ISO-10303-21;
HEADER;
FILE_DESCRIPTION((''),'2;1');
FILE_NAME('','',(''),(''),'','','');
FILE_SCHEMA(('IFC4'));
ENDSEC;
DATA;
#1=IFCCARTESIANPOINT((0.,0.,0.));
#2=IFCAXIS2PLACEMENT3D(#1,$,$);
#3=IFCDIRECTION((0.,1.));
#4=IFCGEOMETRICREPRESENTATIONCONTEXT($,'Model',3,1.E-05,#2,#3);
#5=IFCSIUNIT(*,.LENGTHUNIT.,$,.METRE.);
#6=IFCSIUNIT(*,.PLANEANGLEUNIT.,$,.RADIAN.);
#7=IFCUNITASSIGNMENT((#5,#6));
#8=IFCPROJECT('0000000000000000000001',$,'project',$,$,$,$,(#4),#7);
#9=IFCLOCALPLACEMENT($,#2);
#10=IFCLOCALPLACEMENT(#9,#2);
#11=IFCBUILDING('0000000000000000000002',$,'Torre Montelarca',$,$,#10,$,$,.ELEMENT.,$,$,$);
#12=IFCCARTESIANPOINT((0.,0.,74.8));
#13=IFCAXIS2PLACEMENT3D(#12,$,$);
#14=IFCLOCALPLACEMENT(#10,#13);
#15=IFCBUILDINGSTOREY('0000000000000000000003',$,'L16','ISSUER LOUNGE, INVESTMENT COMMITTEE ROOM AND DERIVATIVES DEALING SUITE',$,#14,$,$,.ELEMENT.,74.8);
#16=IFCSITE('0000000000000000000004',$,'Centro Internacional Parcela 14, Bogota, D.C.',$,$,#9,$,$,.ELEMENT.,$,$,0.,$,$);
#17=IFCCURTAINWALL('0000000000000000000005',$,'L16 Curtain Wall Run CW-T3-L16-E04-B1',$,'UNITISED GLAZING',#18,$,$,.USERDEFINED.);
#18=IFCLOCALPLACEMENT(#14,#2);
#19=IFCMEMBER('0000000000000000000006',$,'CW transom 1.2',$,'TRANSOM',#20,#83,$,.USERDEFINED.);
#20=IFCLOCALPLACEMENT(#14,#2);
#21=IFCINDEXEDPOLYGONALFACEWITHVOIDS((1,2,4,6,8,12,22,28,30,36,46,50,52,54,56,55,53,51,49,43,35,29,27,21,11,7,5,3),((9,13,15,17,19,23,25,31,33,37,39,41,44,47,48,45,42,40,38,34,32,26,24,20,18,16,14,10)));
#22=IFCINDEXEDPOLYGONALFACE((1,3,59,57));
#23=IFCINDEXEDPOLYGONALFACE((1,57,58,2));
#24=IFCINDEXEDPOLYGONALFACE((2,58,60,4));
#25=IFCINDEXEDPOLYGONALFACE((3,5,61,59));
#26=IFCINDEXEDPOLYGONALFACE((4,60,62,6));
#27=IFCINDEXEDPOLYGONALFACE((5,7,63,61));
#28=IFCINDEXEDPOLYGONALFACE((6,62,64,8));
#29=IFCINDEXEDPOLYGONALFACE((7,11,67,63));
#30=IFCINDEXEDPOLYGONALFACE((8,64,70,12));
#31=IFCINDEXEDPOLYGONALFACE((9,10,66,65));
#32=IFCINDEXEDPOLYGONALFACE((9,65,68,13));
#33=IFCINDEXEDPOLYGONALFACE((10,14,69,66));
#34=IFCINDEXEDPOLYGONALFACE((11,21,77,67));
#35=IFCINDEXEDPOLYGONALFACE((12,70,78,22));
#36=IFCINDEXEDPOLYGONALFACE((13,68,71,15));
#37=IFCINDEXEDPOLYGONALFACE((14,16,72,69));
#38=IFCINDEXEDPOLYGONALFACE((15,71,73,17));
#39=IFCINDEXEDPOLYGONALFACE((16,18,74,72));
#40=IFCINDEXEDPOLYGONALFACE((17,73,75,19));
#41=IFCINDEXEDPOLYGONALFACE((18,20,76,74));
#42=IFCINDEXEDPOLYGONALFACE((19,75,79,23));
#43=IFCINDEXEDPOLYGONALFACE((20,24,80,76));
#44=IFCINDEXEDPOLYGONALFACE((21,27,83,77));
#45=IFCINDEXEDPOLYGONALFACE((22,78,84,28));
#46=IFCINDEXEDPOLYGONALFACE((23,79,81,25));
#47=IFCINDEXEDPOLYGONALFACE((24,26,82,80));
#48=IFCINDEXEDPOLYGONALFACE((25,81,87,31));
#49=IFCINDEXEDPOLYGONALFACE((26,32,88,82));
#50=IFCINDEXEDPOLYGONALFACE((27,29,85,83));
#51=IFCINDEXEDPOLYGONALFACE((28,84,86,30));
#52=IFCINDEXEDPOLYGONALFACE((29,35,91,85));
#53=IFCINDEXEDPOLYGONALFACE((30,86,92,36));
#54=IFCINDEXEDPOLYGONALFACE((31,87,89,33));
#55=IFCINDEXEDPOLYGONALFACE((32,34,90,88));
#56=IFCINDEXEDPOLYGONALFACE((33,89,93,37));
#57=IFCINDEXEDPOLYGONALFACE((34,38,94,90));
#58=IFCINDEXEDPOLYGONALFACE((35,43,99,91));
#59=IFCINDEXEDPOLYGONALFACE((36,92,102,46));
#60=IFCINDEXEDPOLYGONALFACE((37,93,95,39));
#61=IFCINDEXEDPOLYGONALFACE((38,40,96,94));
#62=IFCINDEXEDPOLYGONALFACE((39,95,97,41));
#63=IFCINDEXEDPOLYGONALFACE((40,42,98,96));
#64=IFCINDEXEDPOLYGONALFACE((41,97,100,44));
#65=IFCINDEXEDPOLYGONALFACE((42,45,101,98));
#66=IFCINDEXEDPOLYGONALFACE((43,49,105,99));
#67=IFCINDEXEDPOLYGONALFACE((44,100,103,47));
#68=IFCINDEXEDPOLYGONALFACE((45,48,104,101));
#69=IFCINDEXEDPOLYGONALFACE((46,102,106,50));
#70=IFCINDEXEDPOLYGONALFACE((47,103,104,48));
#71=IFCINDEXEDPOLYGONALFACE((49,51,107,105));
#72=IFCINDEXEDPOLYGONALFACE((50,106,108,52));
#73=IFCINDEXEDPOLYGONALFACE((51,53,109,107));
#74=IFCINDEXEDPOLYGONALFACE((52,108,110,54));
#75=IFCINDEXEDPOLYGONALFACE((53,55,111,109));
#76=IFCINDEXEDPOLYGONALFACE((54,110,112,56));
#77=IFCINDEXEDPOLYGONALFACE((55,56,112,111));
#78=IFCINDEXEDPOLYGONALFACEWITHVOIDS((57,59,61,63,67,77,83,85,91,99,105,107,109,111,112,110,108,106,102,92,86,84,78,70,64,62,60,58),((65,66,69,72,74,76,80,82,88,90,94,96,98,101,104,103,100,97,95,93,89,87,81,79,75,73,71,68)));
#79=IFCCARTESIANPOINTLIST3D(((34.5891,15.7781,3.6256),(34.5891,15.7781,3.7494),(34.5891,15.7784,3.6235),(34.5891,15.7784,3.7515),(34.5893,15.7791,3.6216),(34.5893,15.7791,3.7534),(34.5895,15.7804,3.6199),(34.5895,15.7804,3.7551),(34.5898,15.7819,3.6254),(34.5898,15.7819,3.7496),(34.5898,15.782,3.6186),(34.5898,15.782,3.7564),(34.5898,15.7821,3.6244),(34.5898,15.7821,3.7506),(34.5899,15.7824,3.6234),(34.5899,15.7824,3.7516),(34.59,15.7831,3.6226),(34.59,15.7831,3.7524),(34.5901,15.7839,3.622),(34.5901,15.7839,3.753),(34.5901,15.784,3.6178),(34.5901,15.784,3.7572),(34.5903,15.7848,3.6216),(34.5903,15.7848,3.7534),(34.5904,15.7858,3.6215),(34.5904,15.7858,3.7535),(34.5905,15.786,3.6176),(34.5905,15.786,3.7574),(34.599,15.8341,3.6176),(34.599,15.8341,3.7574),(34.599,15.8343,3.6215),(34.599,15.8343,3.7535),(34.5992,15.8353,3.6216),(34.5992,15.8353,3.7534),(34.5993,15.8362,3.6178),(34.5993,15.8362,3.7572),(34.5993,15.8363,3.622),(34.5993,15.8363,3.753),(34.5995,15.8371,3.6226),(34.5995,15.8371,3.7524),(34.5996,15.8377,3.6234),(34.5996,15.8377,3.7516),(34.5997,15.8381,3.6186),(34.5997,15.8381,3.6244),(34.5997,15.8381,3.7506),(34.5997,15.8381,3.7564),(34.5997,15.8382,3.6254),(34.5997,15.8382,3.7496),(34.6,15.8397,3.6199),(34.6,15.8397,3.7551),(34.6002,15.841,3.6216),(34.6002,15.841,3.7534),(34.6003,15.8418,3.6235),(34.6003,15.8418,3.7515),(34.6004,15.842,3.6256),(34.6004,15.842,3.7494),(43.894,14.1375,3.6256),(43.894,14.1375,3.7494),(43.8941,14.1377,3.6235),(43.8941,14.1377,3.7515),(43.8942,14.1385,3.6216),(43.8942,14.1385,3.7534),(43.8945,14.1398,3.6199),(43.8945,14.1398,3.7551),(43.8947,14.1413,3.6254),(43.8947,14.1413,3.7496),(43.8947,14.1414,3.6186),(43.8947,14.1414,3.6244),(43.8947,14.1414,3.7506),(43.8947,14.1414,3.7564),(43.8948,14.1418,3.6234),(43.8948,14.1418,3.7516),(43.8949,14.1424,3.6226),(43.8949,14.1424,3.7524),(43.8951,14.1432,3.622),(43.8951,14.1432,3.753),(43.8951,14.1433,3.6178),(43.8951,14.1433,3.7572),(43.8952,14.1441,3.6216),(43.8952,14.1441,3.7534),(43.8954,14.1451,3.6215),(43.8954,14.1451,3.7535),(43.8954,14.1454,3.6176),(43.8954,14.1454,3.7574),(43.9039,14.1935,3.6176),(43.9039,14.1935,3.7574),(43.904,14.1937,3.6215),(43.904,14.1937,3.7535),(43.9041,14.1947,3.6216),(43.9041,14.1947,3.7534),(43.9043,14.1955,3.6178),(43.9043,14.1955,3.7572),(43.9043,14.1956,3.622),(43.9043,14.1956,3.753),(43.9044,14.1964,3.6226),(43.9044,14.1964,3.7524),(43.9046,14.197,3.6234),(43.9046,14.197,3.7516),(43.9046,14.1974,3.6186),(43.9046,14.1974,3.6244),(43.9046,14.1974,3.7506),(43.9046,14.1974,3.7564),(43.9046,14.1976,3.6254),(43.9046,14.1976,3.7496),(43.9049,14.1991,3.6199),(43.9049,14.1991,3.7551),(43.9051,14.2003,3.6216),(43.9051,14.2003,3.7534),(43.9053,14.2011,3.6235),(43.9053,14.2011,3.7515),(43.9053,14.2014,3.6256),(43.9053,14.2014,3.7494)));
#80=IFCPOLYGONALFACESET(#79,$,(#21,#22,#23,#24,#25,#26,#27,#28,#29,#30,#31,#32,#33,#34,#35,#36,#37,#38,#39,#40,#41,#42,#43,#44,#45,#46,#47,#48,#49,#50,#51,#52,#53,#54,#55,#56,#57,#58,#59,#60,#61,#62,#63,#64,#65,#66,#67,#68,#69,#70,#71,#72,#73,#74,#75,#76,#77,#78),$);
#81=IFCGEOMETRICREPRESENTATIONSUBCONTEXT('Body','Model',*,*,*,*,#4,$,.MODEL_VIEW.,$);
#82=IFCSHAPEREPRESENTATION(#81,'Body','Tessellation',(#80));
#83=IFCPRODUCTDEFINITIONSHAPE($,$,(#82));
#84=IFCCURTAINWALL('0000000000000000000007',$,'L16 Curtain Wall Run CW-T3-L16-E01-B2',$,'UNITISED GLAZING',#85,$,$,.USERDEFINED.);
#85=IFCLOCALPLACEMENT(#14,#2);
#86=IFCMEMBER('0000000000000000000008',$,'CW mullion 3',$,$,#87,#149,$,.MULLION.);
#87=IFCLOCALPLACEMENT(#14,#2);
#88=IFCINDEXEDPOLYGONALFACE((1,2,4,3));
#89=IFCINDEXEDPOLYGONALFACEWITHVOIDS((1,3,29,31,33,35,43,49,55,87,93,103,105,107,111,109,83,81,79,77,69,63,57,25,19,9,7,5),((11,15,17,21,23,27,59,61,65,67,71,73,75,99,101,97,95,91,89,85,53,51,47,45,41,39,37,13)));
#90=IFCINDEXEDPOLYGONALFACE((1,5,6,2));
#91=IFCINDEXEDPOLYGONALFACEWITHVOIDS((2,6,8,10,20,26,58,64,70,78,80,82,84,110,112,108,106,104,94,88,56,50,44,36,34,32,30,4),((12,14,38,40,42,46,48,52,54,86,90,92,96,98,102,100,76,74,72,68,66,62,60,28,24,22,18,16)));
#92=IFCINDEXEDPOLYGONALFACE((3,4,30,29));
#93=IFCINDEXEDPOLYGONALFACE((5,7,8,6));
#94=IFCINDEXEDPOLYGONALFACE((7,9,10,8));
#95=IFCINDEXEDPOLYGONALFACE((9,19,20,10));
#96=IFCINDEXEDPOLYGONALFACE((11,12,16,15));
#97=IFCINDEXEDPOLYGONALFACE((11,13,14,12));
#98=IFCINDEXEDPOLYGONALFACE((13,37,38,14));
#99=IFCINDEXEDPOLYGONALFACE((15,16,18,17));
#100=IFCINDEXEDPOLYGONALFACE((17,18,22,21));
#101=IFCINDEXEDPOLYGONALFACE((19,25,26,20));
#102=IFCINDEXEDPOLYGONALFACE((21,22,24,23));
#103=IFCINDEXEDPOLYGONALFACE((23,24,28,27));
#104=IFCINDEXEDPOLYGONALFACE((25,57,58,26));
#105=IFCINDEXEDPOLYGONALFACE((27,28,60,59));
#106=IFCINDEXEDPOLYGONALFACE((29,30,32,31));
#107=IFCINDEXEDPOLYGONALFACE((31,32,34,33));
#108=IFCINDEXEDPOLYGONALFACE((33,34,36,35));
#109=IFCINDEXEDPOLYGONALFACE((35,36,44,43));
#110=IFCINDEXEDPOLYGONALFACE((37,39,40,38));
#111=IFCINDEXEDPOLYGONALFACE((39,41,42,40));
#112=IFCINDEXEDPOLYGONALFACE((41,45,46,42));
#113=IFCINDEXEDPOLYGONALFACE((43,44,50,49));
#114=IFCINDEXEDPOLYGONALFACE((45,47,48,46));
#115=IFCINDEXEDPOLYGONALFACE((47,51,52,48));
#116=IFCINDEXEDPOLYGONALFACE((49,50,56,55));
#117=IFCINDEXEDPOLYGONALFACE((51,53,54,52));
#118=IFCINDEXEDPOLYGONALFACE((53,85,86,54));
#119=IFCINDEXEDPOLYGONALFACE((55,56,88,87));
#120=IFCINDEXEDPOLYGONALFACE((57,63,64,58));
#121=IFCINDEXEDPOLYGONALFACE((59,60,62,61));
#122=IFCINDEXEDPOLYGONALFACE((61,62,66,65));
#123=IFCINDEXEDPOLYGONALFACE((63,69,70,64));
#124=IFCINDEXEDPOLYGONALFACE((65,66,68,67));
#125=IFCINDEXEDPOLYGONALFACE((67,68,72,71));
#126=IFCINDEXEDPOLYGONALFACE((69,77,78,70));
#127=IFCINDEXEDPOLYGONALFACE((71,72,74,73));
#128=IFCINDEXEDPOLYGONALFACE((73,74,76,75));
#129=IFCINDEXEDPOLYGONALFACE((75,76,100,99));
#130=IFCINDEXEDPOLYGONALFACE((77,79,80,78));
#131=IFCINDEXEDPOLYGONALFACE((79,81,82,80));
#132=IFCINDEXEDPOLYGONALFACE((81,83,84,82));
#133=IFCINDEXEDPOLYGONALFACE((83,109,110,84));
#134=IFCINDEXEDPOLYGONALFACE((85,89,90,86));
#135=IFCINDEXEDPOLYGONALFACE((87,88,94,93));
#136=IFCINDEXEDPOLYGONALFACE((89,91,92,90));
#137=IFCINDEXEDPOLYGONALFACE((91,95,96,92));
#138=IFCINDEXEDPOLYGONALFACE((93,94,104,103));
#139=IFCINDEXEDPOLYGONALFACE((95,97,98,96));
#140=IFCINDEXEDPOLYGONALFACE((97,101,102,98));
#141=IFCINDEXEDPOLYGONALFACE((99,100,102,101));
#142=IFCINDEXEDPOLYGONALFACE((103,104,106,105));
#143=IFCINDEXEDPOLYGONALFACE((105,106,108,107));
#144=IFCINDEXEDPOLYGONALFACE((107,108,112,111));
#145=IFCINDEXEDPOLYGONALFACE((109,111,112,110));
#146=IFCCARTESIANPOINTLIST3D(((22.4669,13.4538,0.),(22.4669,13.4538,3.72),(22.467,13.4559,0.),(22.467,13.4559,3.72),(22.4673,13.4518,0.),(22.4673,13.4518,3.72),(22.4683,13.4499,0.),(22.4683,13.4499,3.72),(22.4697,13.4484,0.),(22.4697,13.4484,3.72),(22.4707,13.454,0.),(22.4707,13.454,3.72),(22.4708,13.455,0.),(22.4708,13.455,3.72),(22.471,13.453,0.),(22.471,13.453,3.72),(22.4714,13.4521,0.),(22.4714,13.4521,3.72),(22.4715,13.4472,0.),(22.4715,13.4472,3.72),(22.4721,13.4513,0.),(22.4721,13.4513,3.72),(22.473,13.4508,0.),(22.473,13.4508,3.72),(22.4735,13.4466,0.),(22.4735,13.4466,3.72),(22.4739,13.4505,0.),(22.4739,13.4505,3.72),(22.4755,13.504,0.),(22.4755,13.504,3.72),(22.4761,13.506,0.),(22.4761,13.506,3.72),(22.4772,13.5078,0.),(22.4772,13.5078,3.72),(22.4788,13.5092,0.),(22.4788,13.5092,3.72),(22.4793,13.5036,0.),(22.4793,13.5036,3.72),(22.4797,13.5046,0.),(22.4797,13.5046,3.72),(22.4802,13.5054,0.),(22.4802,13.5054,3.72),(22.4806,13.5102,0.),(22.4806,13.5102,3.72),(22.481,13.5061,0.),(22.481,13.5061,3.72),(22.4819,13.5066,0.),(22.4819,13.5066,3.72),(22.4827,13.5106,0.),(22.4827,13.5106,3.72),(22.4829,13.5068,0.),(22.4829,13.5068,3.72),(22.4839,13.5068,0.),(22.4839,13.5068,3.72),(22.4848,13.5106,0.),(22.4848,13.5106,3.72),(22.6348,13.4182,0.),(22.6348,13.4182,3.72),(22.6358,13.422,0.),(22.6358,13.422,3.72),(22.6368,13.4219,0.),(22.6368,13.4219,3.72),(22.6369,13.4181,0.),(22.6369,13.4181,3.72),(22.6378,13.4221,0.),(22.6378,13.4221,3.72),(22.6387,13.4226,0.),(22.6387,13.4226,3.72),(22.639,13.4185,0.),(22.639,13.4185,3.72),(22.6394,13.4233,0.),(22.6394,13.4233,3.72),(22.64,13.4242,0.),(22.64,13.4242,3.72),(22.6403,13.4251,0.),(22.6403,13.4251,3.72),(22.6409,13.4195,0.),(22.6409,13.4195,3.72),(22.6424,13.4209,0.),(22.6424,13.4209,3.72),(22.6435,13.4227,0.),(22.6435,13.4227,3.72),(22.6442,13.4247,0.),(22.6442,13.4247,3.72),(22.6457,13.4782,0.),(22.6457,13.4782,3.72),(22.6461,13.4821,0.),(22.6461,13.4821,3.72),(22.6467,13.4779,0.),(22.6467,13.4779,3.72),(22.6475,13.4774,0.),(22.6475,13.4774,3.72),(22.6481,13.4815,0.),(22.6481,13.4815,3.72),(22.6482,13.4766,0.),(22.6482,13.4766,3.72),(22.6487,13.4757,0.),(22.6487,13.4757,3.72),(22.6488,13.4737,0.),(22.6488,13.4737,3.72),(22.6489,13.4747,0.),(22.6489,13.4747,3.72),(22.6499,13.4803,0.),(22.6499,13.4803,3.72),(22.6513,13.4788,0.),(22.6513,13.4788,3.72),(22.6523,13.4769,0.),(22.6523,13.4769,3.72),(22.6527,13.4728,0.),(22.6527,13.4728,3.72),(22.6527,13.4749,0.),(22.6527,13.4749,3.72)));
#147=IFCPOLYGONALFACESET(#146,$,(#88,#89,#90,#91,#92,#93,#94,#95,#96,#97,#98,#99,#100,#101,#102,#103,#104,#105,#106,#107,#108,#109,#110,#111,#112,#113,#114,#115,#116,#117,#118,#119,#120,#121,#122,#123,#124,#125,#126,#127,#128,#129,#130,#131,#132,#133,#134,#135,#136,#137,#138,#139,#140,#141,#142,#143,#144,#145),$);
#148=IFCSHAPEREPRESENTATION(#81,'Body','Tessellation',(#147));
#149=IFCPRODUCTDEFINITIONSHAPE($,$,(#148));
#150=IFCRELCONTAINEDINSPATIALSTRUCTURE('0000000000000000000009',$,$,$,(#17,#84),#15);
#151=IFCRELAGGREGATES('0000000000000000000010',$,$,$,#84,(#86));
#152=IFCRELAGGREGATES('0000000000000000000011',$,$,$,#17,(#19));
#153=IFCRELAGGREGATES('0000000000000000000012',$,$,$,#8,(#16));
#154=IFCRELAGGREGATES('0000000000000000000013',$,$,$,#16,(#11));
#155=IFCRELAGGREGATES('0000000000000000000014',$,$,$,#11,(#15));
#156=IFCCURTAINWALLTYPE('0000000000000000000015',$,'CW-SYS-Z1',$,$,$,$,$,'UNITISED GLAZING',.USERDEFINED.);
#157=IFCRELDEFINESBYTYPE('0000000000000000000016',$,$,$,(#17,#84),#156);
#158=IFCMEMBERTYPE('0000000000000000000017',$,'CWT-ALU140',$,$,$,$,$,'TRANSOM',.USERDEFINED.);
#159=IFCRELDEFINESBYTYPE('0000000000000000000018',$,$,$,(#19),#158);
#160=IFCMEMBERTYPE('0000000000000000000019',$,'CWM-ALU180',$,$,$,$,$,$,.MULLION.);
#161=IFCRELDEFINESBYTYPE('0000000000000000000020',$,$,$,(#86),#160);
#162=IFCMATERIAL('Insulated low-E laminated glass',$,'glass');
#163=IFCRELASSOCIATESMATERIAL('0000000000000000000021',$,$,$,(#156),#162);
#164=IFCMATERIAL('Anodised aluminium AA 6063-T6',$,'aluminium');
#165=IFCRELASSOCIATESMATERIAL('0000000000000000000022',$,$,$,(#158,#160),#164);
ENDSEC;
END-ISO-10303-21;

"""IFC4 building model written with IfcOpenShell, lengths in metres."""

from ifc_helpers import new_model, si_unit, direction, frame, origin, origin_2d, place, context, subcontext, project, spatial, hollow_rectangle, extrude, source, transform, mapped, material, material_profile, profile_set, type_object, element, aggregate, save


model = new_model("IFC4")

# Units and contexts
model_context = context("Model", 3, precision=1e-05, world=origin(), true_north=direction((0.0, 1.0)))
body_context = subcontext(model_context, "Body", "Model", "MODEL_VIEW")
ifc_project = project(units=[si_unit("LENGTHUNIT", "METRE"), si_unit("PLANEANGLEUNIT", "RADIAN")], contexts=[model_context])

# Site, building, storey
site_placement = place(None, origin())
site = spatial("IfcSite", under=ifc_project, at=site_placement, Name="Centro Internacional Parcela 14, Bogota, D.C.", CompositionType="ELEMENT", RefElevation=0.0)
building_placement = place(site_placement, origin())
building = spatial("IfcBuilding", under=site, at=building_placement, Name="Torre Montelarca", CompositionType="ELEMENT")
storey_placement = place(building_placement, frame((0.0, 0.0, 74.8)))
storey = spatial("IfcBuildingStorey", under=building, at=storey_placement, Name="L16", Description="ISSUER LOUNGE, INVESTMENT COMMITTEE ROOM AND DERIVATIVES DEALING SUITE", CompositionType="ELEMENT", Elevation=74.8)

# Curtain wall, member
ifc_material_1 = material(Name="Insulated low-E laminated glass", Category="glass")
curtain_wall_type = type_object("IfcCurtainWallType", Name="CW-SYS-Z1", ElementType="UNITISED GLAZING", PredefinedType="USERDEFINED", material=ifc_material_1)
ifc_material_2 = material(Name="Anodised aluminium AA 6063-T6", Category="aluminium")
ifc_material_profile_1 = material_profile(ifc_material_2, hollow_rectangle(XDim=0.0649, YDim=0.1399, WallThickness=0.0039, InnerFilletRadius=0.0039, OuterFilletRadius=0.0081, at=origin_2d()), Name="ALU65X140X4", Category="aluminium")
ifc_profile_set_1 = profile_set([ifc_material_profile_1], Name="Anodised aluminium AA 6063-T6")
member_type_1 = type_object("IfcMemberType", Name="CWT-ALU140", ElementType="TRANSOM", PredefinedType="USERDEFINED", material=ifc_profile_set_1)
curtain_wall_1_placement = place(storey_placement, origin())
curtain_wall_1 = element("IfcCurtainWall", 1, at=curtain_wall_1_placement, inside=storey, type_object=curtain_wall_type, Name="L16 Curtain Wall Run CW-T3-L16-E04-B1", ObjectType="UNITISED GLAZING", PredefinedType="USERDEFINED")
shared_shape_1 = source(origin(), body_context, "Body", "SweptSolid", [
    extrude(hollow_rectangle(XDim=0.0649, YDim=0.1399, WallThickness=0.0039, InnerFilletRadius=0.0039, OuterFilletRadius=0.0081, at=origin_2d()), origin(), (0.0, 0.0, 1.0), 9.4485),
])
member_1_placement = place(storey_placement, frame((34.5947, 15.8101, 3.6875), z_axis=(0.984809, -0.173639, 0.0), x_axis=(0.173639, 0.984809, 0.0)))
member_1 = element("IfcMember", 2, at=member_1_placement, type_object=member_type_1, Name="CW transom 1.2", ObjectType="TRANSOM", PredefinedType="USERDEFINED", context=body_context, shape_type="MappedRepresentation", body=[
    mapped(shared_shape_1, transform((0.0, 0.0, 0.0), scale=1.0)),
])

# Curtain wall, member
curtain_wall_2_placement = place(storey_placement, origin())
curtain_wall_2 = element("IfcCurtainWall", 3, at=curtain_wall_2_placement, inside=storey, type_object=curtain_wall_type, Name="L16 Curtain Wall Run CW-T3-L16-E01-B2", ObjectType="UNITISED GLAZING", PredefinedType="USERDEFINED")
ifc_material_profile_2 = material_profile(ifc_material_2, hollow_rectangle(XDim=0.0649, YDim=0.1799, WallThickness=0.0039, InnerFilletRadius=0.0039, OuterFilletRadius=0.0081, at=origin_2d()), Name="ALU65X180X4", Category="aluminium")
ifc_profile_set_2 = profile_set([ifc_material_profile_2], Name="Anodised aluminium AA 6063-T6")
member_type_2 = type_object("IfcMemberType", Name="CWM-ALU180", PredefinedType="MULLION", material=ifc_profile_set_2)
shared_shape_2 = source(origin(), body_context, "Body", "SweptSolid", [
    extrude(hollow_rectangle(XDim=0.0649, YDim=0.1799, WallThickness=0.0039, InnerFilletRadius=0.0039, OuterFilletRadius=0.0081, at=origin_2d()), origin(), (0.0, 0.0, 1.0), 3.72),
])
member_2_placement = place(storey_placement, frame((22.5598, 13.4644, 0.0), z_axis=(0.0, 0.0, 1.0), x_axis=(0.173654, 0.984807, 0.0)))
member_2 = element("IfcMember", 4, at=member_2_placement, type_object=member_type_2, Name="CW mullion 3", PredefinedType="MULLION", context=body_context, shape_type="MappedRepresentation", body=[
    mapped(shared_shape_2, transform((0.0, 0.0, 0.0), scale=1.0)),
])
aggregate(curtain_wall_2, [member_2])

aggregate(curtain_wall_1, [member_1])

save(model, "model.ifc")
